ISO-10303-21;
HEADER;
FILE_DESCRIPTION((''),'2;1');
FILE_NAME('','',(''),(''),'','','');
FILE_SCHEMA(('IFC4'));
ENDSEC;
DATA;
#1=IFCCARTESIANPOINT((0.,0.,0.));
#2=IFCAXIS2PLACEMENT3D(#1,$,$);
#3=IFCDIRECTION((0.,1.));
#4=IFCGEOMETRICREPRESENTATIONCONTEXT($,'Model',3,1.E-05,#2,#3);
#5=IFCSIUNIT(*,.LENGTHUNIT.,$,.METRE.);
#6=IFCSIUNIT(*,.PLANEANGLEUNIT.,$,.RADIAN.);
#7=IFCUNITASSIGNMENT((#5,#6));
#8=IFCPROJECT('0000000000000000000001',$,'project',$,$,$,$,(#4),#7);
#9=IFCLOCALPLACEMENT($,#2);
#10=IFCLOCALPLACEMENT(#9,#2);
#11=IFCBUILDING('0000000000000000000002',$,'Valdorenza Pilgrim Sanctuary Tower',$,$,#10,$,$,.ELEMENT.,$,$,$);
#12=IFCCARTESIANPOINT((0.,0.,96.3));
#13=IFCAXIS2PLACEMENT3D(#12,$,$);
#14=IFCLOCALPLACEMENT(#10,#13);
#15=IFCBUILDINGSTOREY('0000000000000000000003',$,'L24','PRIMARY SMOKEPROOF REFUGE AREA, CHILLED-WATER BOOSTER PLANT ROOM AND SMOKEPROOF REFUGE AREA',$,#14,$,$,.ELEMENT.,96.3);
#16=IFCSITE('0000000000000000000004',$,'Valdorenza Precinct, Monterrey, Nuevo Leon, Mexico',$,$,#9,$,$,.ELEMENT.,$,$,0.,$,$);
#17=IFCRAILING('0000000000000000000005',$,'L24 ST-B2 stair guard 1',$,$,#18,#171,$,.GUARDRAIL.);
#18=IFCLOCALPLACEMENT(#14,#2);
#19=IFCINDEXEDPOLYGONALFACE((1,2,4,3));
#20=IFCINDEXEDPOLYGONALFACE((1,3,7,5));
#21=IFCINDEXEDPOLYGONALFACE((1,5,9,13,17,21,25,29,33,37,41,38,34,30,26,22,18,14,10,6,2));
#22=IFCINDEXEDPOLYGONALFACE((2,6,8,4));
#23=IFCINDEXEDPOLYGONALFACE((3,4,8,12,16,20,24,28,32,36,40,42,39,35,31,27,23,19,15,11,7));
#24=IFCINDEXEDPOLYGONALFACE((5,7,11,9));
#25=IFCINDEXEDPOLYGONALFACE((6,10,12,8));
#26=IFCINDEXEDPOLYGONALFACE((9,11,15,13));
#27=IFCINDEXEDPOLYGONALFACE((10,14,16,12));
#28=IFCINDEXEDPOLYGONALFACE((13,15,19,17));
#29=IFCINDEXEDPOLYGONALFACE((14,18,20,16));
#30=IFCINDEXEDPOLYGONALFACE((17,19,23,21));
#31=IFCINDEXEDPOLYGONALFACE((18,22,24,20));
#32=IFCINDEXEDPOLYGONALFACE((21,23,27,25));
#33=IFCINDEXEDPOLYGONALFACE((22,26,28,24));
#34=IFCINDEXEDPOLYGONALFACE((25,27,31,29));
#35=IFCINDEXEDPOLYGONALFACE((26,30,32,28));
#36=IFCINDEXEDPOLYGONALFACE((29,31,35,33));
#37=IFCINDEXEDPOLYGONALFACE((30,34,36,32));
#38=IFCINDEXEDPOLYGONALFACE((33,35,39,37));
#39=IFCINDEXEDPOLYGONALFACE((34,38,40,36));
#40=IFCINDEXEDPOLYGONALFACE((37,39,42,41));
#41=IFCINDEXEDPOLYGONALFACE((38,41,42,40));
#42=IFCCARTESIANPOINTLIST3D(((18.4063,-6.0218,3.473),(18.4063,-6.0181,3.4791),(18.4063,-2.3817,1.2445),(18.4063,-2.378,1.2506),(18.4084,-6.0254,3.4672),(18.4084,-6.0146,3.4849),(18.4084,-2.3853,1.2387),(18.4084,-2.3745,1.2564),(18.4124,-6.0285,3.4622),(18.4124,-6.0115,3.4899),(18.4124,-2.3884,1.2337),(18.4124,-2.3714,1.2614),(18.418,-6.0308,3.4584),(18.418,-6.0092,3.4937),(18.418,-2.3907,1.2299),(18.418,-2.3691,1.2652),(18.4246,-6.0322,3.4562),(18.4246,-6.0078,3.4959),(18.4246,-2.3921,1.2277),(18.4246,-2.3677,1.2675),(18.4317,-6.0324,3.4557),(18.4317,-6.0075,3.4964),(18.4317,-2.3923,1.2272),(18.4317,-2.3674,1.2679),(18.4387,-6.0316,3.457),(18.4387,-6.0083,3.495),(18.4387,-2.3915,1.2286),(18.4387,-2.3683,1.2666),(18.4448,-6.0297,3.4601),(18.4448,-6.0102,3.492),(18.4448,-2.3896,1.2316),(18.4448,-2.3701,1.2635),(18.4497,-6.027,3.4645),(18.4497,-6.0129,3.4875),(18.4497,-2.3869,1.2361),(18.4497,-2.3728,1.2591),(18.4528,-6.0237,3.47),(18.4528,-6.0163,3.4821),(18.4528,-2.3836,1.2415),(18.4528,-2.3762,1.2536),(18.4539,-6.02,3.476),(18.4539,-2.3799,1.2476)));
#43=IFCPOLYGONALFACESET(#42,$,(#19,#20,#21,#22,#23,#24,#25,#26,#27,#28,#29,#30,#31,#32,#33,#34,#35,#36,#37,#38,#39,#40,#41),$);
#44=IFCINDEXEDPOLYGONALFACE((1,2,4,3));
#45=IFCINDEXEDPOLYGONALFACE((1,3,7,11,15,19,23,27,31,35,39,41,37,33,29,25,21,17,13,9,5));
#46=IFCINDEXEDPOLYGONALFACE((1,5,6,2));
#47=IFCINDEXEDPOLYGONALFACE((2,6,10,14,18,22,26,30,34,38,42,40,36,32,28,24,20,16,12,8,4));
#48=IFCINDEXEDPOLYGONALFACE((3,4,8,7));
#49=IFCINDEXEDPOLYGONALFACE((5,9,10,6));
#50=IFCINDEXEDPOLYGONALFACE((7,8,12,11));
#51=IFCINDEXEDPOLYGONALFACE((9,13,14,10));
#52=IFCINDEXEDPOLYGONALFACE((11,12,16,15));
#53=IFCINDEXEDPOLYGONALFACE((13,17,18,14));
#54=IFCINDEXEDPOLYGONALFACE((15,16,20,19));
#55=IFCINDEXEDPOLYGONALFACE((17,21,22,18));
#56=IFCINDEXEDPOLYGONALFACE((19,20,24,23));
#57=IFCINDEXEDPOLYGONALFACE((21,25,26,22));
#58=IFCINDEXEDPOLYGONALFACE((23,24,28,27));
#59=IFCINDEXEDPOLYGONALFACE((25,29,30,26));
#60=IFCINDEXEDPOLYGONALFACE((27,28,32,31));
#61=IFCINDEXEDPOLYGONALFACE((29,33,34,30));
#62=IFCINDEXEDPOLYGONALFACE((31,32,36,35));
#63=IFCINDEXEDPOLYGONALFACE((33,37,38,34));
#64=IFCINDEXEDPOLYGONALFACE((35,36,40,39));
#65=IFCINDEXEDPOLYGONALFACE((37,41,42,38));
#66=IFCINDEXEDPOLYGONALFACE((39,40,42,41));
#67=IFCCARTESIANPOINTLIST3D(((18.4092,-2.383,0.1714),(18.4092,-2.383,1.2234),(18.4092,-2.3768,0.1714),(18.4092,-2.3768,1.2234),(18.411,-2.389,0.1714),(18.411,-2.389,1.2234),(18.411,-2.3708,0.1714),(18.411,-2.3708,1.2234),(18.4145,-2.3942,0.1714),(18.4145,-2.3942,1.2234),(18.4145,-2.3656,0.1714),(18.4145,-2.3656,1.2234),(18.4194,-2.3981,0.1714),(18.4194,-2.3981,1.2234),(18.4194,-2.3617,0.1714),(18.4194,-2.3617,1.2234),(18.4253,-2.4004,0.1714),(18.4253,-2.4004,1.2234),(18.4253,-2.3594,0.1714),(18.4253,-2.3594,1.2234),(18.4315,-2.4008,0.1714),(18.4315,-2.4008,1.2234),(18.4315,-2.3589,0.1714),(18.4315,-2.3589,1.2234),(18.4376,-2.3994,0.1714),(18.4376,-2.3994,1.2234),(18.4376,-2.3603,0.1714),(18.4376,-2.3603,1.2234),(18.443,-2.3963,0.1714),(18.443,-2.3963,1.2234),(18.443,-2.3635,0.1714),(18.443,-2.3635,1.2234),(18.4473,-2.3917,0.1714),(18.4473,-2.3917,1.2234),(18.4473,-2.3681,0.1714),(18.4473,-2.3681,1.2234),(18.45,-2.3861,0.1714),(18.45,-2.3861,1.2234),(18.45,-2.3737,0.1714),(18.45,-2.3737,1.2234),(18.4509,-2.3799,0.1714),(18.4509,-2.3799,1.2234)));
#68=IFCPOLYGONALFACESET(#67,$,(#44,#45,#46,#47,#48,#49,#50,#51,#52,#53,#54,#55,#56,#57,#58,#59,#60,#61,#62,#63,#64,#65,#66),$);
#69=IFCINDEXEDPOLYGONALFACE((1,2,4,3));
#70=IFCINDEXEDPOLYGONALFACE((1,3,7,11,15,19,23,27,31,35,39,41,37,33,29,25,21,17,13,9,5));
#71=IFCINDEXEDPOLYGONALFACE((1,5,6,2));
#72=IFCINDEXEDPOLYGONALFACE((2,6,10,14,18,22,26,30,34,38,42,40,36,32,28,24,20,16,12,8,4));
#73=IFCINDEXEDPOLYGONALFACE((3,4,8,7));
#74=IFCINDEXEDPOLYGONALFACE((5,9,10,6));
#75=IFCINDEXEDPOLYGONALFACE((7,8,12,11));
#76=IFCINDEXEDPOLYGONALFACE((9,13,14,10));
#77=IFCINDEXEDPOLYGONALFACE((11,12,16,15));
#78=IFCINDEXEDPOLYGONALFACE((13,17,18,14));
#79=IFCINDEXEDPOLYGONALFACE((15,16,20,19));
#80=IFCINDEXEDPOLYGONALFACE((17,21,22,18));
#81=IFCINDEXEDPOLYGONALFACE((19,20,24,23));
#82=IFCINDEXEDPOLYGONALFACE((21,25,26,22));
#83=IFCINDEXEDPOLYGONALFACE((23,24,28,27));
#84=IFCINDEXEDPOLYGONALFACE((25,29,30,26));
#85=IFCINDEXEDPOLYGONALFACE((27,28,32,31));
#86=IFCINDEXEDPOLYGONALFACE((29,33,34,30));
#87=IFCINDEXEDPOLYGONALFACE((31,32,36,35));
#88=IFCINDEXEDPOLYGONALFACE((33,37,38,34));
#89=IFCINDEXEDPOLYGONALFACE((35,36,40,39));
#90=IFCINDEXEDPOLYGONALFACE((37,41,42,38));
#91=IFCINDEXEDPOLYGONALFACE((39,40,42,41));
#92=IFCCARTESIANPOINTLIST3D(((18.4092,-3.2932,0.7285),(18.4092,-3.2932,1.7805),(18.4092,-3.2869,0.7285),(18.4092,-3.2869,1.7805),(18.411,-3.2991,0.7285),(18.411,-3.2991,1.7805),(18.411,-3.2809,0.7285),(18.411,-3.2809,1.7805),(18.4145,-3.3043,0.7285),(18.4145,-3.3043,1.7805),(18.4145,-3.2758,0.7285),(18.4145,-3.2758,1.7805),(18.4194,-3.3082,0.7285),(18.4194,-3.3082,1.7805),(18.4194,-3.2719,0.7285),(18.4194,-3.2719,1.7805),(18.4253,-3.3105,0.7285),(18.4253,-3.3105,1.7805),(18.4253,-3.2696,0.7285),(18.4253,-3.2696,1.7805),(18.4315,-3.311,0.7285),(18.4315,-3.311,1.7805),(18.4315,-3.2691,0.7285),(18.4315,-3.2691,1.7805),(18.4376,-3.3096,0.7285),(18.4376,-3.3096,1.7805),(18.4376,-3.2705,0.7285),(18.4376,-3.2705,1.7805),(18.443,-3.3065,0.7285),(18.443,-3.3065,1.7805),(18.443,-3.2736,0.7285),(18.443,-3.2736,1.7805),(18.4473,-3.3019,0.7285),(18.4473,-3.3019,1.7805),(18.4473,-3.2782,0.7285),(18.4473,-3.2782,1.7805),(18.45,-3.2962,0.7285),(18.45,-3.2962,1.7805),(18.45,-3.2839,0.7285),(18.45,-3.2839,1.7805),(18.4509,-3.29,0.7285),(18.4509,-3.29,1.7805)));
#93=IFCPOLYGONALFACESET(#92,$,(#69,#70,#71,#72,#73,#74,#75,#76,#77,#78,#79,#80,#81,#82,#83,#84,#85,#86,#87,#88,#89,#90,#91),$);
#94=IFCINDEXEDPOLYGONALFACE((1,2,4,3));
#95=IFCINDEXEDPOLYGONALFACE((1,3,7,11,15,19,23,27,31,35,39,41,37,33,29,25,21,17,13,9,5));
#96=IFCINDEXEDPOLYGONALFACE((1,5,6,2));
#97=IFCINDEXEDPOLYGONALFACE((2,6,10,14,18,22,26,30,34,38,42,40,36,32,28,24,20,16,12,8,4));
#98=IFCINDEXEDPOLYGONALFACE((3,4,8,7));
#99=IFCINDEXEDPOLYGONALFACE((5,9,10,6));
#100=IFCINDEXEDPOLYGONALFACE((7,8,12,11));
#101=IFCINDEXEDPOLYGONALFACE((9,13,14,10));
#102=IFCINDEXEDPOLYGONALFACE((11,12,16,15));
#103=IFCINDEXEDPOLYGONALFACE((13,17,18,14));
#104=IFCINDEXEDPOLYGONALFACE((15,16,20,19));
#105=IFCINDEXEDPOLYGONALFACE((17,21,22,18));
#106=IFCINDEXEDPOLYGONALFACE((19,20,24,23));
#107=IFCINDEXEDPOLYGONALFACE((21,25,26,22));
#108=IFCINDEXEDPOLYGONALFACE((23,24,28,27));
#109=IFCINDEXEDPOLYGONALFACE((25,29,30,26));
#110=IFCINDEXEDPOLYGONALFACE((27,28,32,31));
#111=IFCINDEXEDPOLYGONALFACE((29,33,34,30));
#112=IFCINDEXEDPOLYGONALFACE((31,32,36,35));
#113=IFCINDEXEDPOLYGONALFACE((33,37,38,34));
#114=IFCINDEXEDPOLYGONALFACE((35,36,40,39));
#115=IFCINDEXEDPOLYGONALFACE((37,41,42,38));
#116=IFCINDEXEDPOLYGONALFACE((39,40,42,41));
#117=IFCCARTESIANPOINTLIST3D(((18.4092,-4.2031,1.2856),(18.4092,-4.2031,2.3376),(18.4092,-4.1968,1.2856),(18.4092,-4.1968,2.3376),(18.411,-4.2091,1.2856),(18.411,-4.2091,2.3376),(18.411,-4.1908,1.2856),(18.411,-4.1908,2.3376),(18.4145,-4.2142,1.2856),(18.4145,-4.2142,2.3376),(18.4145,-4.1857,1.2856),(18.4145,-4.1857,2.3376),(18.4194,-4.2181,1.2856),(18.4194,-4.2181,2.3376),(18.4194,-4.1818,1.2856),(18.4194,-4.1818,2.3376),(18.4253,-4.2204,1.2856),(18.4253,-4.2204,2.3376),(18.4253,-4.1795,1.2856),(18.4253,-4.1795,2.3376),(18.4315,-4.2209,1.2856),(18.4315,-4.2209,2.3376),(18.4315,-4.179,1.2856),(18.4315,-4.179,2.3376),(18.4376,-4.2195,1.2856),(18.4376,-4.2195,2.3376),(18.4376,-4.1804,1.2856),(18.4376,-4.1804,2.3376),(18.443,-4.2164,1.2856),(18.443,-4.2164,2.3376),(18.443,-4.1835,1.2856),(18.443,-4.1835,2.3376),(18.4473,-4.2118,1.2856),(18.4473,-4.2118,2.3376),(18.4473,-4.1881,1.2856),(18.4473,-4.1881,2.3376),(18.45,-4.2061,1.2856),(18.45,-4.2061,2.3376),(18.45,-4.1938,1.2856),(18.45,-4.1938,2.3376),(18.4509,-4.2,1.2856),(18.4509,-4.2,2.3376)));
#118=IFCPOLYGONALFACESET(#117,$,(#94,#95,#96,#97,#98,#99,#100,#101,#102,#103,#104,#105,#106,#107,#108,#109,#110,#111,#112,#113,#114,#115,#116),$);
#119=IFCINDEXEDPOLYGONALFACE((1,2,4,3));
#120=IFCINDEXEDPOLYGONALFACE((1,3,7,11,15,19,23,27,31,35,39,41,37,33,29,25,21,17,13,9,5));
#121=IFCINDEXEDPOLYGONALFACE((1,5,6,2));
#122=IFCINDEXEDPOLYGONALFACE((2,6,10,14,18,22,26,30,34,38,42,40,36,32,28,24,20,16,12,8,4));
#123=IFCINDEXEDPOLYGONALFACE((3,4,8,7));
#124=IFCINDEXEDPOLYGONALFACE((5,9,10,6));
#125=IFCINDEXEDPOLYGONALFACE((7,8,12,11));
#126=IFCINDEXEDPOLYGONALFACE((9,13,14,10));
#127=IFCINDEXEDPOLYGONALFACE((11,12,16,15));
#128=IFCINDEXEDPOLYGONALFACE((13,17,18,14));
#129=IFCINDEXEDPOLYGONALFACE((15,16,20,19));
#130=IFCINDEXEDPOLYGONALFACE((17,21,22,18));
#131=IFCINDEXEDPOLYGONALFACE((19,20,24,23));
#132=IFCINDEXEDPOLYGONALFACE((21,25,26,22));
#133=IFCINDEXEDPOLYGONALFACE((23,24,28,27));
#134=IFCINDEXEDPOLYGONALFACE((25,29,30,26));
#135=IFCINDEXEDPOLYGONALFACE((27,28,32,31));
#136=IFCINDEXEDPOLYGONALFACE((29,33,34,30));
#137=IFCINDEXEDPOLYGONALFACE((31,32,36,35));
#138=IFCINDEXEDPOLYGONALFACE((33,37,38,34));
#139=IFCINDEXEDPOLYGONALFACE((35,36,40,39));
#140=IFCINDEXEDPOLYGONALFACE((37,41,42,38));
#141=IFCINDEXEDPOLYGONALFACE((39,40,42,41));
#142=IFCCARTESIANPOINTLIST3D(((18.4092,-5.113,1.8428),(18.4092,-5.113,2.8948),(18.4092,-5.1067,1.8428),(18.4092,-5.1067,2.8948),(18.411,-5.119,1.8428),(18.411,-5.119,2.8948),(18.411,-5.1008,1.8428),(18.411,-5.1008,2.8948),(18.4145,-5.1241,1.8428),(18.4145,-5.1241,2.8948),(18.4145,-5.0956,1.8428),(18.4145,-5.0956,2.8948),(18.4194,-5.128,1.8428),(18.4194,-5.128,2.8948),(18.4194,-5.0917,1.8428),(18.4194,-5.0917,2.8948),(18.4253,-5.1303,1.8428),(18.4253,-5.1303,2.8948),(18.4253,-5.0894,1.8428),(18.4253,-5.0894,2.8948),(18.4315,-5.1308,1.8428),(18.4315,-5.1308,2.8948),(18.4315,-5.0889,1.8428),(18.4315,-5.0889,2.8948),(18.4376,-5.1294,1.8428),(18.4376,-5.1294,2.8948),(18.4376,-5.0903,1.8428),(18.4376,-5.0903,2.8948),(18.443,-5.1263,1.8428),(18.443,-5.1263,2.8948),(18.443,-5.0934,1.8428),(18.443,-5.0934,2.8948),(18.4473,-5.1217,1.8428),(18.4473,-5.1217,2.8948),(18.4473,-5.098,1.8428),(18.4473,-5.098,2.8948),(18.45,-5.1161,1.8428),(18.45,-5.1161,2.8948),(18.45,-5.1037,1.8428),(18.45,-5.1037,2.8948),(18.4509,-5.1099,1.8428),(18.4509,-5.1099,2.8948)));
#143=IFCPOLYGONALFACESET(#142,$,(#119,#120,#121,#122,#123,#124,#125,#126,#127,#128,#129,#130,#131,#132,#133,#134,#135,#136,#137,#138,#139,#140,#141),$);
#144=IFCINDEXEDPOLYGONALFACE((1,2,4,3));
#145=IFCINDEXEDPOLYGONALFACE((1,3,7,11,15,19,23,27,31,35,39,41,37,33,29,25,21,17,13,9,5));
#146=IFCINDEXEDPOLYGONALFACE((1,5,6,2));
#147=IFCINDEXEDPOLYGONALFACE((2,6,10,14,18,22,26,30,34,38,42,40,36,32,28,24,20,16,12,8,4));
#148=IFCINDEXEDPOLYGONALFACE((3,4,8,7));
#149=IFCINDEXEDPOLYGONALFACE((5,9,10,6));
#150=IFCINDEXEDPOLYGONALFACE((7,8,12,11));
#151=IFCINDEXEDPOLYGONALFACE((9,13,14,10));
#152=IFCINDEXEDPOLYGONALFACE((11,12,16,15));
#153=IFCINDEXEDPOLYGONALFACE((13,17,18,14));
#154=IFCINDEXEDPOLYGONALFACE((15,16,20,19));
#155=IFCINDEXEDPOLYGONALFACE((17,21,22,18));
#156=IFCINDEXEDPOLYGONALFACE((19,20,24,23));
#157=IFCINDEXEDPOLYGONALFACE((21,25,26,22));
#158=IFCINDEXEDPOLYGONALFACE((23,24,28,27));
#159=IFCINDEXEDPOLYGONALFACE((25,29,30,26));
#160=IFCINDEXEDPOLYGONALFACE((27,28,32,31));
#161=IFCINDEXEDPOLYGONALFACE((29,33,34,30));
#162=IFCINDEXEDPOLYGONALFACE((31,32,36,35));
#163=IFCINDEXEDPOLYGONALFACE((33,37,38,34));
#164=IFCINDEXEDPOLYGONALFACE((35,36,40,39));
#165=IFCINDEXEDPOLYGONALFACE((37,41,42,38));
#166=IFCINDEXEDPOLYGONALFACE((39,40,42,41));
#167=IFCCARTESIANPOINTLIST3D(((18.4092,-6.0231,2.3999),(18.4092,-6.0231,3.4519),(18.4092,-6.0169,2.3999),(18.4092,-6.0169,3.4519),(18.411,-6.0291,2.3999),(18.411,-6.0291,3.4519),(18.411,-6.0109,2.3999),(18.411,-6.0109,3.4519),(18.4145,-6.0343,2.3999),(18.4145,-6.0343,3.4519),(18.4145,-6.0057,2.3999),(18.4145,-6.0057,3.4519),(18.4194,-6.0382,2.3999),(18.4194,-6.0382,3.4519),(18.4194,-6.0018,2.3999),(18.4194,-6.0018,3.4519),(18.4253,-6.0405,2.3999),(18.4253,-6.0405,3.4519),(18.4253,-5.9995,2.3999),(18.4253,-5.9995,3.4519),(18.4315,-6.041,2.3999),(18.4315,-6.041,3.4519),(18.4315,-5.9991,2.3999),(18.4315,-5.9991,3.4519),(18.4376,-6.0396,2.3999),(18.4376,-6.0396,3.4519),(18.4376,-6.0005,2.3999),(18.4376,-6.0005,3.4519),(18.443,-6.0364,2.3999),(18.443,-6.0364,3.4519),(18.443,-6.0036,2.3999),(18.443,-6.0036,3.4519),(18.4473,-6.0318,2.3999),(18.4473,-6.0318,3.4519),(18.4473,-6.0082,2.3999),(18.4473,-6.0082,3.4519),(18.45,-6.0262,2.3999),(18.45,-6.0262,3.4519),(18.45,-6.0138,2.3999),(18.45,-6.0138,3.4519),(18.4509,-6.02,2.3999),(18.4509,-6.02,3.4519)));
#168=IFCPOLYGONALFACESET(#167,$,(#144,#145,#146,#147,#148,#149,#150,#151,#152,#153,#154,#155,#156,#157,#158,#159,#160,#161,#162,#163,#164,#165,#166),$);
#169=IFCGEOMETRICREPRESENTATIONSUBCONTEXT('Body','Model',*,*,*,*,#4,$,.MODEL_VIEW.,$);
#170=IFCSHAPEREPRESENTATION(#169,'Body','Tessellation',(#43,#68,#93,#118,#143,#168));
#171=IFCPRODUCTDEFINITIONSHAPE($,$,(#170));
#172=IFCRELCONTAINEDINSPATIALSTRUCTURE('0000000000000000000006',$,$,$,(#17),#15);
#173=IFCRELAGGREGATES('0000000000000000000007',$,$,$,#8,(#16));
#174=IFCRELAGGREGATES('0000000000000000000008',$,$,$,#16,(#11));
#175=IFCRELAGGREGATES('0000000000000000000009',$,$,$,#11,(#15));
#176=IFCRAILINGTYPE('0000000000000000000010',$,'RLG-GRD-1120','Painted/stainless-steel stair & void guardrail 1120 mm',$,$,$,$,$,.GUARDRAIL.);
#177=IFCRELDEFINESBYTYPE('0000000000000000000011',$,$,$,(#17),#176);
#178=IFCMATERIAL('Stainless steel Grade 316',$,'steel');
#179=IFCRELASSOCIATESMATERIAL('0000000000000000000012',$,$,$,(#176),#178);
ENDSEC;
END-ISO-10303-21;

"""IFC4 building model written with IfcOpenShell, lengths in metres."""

from ifc_helpers import new_model, si_unit, direction, frame, origin, origin_2d, place, context, subcontext, project, spatial, circle, extrude, material, type_object, element, save


model = new_model("IFC4")

# Units and contexts
model_context = context("Model", 3, precision=1e-05, world=origin(), true_north=direction((0.0, 1.0)))
body_context = subcontext(model_context, "Body", "Model", "MODEL_VIEW")
ifc_project = project(units=[si_unit("LENGTHUNIT", "METRE"), si_unit("PLANEANGLEUNIT", "RADIAN")], contexts=[model_context])

# Site, building, storey
site_placement = place(None, origin())
site = spatial("IfcSite", under=ifc_project, at=site_placement, Name="Valdorenza Precinct, Monterrey, Nuevo Leon, Mexico", CompositionType="ELEMENT", RefElevation=0.0)
building_placement = place(site_placement, origin())
building = spatial("IfcBuilding", under=site, at=building_placement, Name="Valdorenza Pilgrim Sanctuary Tower", CompositionType="ELEMENT")
storey_placement = place(building_placement, frame((0.0, 0.0, 96.3)))
storey = spatial("IfcBuildingStorey", under=building, at=storey_placement, Name="L24", Description="PRIMARY SMOKEPROOF REFUGE AREA, CHILLED-WATER BOOSTER PLANT ROOM AND SMOKEPROOF REFUGE AREA", CompositionType="ELEMENT", Elevation=96.3)

# Railing
ifc_material_1 = material(Name="Stainless steel Grade 316", Category="steel")
railing_type_1 = type_object("IfcRailingType", Name="RLG-GRD-1120", Description="Painted/stainless-steel stair & void guardrail 1120 mm", PredefinedType="GUARDRAIL", material=ifc_material_1)
railing_1_placement = place(storey_placement, frame((18.4299, -2.3799, 0.1714)))
element("IfcRailing", 1, at=railing_1_placement, inside=storey, type_object=railing_type_1, Name="L24 ST-B2 stair guard 1", PredefinedType="GUARDRAIL", context=body_context, shape_type="SweptSolid", body=[
    extrude(circle(Radius=0.0239, at=origin_2d()), frame((0.0, 0.0, 1.0762), z_axis=(0.0, -0.852866, 0.52213), x_axis=(1.0, 0.0, 0.0)), (0.0, 0.0, 1.0), 4.2681),
    extrude(circle(Radius=0.021, at=origin_2d()), origin(), (0.0, 0.0, 1.0), 1.052),
    extrude(circle(Radius=0.021, at=origin_2d()), frame((0.0, -0.9102, 0.5571)), (0.0, 0.0, 1.0), 1.052),
    extrude(circle(Radius=0.021, at=origin_2d()), frame((0.0, -1.8201, 1.1143)), (0.0, 0.0, 1.0), 1.052),
    extrude(circle(Radius=0.021, at=origin_2d()), frame((0.0, -2.73, 1.6714)), (0.0, 0.0, 1.0), 1.052),
    extrude(circle(Radius=0.021, at=origin_2d()), frame((0.0, -3.6401, 2.2285)), (0.0, 0.0, 1.0), 1.052),
])

save(model, "model.ifc")
